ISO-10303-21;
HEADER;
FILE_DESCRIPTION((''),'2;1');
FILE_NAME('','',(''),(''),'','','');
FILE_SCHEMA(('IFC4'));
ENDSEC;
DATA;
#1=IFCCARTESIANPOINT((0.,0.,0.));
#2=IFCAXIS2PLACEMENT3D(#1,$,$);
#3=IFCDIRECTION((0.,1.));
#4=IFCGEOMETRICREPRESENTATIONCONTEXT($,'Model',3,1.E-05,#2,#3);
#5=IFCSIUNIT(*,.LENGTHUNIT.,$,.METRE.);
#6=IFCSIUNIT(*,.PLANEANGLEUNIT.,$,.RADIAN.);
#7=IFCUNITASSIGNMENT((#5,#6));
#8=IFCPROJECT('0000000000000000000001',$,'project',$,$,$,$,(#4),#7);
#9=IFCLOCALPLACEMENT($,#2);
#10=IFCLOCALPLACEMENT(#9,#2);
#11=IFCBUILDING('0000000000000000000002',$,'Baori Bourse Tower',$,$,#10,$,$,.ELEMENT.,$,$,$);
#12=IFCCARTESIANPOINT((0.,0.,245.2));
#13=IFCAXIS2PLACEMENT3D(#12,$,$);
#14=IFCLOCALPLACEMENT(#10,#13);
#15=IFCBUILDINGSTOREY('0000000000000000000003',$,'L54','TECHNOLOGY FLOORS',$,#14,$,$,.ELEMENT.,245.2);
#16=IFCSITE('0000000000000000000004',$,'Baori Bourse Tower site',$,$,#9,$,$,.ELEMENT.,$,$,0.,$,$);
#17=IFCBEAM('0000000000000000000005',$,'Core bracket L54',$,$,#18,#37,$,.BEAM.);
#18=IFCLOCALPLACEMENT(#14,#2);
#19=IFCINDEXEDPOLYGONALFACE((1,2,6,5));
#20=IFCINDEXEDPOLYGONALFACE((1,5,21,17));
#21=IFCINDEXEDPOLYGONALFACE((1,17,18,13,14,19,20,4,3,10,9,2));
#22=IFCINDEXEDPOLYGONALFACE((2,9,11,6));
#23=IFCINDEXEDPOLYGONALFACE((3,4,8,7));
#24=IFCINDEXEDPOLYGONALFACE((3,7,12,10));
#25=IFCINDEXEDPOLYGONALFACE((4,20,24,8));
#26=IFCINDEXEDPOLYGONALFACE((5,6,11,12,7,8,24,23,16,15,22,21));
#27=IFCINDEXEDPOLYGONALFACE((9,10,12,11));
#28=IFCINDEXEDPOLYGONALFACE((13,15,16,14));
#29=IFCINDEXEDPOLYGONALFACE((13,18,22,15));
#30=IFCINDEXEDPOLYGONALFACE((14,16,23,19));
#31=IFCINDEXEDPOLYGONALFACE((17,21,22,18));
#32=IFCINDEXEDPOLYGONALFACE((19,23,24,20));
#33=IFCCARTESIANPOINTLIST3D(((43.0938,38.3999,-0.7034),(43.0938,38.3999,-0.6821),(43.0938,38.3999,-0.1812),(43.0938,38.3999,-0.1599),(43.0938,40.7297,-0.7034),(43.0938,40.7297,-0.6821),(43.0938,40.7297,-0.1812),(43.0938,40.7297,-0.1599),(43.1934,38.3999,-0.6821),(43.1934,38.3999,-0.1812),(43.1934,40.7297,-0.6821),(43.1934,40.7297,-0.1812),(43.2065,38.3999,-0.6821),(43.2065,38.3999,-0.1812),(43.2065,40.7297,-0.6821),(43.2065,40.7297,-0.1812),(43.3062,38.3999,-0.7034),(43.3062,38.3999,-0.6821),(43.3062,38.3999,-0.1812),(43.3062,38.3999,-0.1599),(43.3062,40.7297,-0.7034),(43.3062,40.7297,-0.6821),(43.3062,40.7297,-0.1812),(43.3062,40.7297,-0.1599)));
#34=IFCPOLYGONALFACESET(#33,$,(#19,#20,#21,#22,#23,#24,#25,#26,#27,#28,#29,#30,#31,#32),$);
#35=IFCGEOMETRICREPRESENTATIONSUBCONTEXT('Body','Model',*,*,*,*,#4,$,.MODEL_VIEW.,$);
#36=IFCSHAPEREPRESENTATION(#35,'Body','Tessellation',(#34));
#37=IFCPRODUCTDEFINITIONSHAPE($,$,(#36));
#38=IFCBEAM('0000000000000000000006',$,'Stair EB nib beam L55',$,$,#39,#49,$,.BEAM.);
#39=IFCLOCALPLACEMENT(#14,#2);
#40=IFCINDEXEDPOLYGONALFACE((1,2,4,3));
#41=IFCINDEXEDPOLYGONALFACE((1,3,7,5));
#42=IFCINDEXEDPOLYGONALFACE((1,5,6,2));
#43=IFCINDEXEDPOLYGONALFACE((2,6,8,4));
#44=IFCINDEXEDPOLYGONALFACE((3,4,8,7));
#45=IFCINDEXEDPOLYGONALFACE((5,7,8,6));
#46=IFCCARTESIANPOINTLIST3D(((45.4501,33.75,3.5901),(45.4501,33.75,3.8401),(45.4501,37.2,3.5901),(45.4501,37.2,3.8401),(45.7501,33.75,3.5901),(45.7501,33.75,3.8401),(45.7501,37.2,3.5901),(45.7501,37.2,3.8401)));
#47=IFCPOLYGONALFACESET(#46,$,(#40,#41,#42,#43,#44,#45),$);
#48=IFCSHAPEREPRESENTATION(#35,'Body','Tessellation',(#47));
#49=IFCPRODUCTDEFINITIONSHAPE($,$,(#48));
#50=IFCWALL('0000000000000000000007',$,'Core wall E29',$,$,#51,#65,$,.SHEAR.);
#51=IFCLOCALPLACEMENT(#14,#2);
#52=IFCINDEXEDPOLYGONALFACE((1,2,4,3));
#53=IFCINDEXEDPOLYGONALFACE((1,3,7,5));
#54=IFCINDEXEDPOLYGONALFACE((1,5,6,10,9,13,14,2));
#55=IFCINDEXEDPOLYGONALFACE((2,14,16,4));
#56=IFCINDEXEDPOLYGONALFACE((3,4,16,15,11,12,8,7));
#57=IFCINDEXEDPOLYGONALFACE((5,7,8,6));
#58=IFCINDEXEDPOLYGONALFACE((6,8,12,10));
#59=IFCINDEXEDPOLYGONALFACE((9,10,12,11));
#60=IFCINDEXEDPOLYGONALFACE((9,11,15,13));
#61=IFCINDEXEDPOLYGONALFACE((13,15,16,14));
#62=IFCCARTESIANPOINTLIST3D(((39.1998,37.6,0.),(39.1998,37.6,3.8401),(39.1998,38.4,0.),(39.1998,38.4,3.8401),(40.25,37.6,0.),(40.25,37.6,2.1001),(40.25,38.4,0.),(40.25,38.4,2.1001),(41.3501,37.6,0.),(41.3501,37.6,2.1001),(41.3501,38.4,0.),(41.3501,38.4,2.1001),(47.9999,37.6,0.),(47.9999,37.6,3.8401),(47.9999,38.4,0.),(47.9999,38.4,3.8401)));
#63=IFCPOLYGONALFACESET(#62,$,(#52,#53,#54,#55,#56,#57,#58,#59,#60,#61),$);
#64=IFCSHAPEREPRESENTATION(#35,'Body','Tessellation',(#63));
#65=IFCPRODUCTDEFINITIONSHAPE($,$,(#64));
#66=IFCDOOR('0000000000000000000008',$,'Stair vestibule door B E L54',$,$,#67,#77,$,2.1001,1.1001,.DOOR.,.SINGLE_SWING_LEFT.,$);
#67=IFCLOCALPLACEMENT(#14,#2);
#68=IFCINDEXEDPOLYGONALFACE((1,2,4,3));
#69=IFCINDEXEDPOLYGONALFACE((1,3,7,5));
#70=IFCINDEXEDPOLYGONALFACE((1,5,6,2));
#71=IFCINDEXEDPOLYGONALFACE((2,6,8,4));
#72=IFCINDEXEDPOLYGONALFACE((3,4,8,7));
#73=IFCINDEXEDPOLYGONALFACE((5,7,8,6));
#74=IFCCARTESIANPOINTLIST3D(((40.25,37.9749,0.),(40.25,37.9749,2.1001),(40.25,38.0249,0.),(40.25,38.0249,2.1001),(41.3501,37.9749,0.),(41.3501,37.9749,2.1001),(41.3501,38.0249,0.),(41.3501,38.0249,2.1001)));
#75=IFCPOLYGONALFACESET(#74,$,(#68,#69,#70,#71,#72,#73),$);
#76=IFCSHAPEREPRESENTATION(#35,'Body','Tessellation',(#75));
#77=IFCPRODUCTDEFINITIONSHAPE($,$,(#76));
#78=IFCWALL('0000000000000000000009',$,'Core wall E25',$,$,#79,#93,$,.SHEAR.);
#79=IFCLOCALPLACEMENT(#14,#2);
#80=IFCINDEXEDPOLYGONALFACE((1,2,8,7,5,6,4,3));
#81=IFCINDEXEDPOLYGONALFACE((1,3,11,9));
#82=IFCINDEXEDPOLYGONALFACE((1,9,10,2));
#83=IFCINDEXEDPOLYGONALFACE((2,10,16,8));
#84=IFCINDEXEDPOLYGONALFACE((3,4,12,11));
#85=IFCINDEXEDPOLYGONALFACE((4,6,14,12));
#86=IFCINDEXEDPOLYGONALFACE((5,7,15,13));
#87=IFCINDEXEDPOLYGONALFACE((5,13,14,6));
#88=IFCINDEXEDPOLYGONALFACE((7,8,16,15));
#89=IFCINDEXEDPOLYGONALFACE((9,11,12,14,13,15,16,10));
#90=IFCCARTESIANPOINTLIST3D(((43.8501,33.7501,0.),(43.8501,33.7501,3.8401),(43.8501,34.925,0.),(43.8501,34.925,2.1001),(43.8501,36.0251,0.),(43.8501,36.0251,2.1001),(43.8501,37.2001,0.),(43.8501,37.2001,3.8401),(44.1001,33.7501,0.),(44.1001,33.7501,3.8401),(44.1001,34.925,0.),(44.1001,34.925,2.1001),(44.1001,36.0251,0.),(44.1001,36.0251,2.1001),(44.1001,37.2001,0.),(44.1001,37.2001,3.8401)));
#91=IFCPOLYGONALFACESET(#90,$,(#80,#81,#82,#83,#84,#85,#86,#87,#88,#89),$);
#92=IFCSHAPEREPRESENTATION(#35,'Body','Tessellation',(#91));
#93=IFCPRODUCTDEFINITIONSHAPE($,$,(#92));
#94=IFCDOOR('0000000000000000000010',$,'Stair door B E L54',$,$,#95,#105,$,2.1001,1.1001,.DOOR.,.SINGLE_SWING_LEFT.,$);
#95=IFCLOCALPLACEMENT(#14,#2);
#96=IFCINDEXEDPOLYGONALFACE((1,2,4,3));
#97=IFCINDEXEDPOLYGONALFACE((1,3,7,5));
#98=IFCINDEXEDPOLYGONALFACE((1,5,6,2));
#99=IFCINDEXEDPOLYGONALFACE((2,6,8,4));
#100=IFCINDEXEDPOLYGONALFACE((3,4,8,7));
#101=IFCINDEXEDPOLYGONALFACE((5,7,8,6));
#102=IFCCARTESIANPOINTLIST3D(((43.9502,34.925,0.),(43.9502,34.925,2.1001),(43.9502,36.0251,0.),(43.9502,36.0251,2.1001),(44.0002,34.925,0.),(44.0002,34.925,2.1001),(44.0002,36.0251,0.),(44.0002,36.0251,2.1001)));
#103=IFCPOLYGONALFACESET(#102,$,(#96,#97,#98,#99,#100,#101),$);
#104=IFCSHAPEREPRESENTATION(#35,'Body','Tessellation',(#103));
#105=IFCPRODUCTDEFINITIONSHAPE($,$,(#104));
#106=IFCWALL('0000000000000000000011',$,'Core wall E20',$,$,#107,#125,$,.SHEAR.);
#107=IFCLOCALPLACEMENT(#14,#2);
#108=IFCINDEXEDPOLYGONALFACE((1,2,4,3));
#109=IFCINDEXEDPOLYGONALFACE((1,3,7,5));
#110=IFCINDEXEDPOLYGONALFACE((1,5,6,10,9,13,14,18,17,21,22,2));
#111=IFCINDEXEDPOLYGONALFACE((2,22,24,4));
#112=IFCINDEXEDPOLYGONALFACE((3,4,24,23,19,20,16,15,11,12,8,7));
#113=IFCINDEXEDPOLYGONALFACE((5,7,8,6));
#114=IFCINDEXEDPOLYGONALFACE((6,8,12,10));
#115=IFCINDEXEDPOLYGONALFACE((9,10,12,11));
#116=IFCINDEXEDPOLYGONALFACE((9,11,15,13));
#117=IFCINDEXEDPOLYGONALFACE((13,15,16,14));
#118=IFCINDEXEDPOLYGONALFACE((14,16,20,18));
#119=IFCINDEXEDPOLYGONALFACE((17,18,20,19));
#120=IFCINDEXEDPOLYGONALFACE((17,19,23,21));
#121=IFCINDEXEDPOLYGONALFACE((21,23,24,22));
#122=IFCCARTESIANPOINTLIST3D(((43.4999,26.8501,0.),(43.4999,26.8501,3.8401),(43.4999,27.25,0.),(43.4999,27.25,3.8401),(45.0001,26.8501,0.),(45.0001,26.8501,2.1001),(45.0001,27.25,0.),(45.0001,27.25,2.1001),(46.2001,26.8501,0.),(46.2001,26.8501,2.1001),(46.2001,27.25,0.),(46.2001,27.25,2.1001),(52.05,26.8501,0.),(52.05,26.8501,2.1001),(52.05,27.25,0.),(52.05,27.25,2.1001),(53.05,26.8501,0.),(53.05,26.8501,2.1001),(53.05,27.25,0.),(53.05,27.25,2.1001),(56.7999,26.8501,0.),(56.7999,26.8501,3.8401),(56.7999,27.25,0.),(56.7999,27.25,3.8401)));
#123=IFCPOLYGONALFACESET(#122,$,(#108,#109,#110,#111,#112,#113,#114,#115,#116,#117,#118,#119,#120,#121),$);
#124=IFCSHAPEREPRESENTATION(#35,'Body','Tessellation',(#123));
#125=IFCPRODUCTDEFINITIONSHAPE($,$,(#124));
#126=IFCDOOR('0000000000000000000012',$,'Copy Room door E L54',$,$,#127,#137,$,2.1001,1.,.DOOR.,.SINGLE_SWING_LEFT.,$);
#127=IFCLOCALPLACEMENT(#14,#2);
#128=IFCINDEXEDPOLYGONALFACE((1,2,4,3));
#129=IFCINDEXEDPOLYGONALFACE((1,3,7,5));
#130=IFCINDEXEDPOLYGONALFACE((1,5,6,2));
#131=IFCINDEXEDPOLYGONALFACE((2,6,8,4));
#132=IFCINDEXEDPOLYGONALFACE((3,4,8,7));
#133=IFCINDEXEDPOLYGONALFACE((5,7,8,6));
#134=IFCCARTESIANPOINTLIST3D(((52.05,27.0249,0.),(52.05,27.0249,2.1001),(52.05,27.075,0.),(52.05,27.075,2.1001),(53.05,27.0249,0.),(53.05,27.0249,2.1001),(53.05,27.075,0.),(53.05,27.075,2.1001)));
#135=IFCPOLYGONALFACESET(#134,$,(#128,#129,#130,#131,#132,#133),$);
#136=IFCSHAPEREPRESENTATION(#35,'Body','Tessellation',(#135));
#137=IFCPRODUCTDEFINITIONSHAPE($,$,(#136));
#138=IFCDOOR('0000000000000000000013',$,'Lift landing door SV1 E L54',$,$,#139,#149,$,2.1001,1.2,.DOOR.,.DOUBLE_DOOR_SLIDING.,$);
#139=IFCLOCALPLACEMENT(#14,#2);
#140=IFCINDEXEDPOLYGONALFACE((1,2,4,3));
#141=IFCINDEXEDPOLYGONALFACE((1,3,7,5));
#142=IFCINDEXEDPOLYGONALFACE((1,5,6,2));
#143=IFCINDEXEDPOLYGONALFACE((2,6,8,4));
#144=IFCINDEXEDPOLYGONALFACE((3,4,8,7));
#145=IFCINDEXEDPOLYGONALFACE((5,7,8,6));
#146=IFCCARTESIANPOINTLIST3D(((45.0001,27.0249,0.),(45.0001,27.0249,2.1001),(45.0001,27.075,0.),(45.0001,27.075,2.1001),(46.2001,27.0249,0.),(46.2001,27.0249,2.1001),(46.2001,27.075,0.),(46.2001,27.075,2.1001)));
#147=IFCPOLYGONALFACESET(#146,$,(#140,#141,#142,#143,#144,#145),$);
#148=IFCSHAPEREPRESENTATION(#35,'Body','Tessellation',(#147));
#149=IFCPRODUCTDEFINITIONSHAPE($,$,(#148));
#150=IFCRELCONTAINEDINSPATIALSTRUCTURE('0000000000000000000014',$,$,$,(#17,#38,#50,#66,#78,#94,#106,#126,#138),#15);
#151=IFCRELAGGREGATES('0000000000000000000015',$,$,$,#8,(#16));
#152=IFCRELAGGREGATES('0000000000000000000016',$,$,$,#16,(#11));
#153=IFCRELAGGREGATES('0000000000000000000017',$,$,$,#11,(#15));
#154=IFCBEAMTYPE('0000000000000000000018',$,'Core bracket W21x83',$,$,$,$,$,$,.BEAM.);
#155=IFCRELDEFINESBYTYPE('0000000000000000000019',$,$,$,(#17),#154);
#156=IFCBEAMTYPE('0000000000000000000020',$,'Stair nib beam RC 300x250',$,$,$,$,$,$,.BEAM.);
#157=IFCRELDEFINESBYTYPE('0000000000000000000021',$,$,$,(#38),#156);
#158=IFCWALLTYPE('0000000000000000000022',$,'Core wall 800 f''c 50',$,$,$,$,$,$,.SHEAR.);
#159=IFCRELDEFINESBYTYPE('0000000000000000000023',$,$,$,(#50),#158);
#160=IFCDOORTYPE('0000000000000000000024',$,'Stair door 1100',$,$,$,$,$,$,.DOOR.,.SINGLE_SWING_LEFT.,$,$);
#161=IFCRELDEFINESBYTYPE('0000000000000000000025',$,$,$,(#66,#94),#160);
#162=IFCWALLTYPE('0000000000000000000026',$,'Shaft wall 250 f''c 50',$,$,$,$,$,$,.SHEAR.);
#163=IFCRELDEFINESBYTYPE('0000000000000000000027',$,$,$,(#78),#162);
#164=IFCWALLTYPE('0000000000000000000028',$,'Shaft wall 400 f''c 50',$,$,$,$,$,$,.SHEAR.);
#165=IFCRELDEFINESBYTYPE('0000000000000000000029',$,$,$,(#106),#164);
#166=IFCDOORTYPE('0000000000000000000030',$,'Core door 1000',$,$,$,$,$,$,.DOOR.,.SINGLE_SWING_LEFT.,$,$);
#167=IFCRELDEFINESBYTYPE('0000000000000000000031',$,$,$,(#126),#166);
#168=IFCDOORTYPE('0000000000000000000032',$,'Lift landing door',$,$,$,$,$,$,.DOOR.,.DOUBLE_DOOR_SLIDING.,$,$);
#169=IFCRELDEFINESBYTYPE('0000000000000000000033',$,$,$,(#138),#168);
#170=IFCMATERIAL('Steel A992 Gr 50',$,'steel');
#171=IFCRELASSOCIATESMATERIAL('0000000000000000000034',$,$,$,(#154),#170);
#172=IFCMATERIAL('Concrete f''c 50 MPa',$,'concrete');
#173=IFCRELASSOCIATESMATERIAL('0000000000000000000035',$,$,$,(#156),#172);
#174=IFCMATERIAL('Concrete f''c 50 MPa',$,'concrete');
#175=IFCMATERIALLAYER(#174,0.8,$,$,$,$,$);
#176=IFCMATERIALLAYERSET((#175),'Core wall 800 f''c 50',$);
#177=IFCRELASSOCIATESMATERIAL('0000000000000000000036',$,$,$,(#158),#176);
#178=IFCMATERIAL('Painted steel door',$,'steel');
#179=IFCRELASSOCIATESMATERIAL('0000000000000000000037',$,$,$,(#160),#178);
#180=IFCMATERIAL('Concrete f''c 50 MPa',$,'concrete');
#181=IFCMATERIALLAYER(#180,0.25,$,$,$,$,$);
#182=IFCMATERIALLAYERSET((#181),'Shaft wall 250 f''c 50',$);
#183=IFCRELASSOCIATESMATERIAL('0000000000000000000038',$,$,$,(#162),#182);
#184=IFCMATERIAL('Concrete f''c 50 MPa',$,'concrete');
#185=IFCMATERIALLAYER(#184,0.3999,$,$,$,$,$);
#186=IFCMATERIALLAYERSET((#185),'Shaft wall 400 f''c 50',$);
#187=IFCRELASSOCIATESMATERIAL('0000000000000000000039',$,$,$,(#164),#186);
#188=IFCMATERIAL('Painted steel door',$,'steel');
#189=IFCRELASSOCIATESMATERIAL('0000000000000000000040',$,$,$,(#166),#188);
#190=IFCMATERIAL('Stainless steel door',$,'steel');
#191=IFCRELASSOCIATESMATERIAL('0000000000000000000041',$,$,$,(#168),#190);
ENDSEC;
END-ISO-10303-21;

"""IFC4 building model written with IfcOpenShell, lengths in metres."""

from ifc_helpers import new_model, si_unit, direction, frame, frame_2d, origin, origin_2d, place, context, subcontext, project, spatial, rectangle, i_section, extrude, material, layer, layer_set, material_profile, profile_set, type_object, element, fill, save


model = new_model("IFC4")

# Units and contexts
model_context = context("Model", 3, precision=1e-05, world=origin(), true_north=direction((0.0, 1.0)))
body_context = subcontext(model_context, "Body", "Model", "MODEL_VIEW")
ifc_project = project(units=[si_unit("LENGTHUNIT", "METRE"), si_unit("PLANEANGLEUNIT", "RADIAN")], contexts=[model_context])

# Site, building, storey
site_placement = place(None, origin())
site = spatial("IfcSite", under=ifc_project, at=site_placement, Name="Baori Bourse Tower site", CompositionType="ELEMENT", RefElevation=0.0)
building_placement = place(site_placement, origin())
building = spatial("IfcBuilding", under=site, at=building_placement, Name="Baori Bourse Tower", CompositionType="ELEMENT")
storey_placement = place(building_placement, frame((0.0, 0.0, 245.2)))
storey = spatial("IfcBuildingStorey", under=building, at=storey_placement, Name="L54", Description="TECHNOLOGY FLOORS", CompositionType="ELEMENT", Elevation=245.2)

# Beams
ifc_material_1 = material(Name="Steel A992 Gr 50", Category="steel")
ifc_material_profile_1 = material_profile(ifc_material_1, i_section(OverallWidth=0.2124, OverallDepth=0.5435, WebThickness=0.0132, FlangeThickness=0.0212, at=origin_2d()), Name="W21x83")
ifc_profile_set_1 = profile_set([ifc_material_profile_1], Name="Steel A992 Gr 50")
beam_type_1 = type_object("IfcBeamType", Name="Core bracket W21x83", PredefinedType="BEAM", material=ifc_profile_set_1)
beam_1_placement = place(storey_placement, frame((43.2, 38.3999, -0.4316), z_axis=(0.0, 1.0, 0.0), x_axis=(-1.0, 0.0, 0.0)))
element("IfcBeam", 1, at=beam_1_placement, inside=storey, type_object=beam_type_1, Name="Core bracket L54", PredefinedType="BEAM", context=body_context, shape_type="SweptSolid", body=[
    extrude(i_section(OverallWidth=0.2124, OverallDepth=0.5435, WebThickness=0.0132, FlangeThickness=0.0212, at=origin_2d()), origin(), (0.0, 0.0, 1.0), 2.3298),
])
ifc_material_2 = material(Name="Concrete f'c 50 MPa", Category="concrete")
ifc_material_profile_2 = material_profile(ifc_material_2, rectangle(XDim=0.3, YDim=0.25, at=origin_2d()), Name="RC 300x250")
ifc_profile_set_2 = profile_set([ifc_material_profile_2], Name="Concrete f'c 50 MPa")
beam_type_2 = type_object("IfcBeamType", Name="Stair nib beam RC 300x250", PredefinedType="BEAM", material=ifc_profile_set_2)
beam_2_placement = place(storey_placement, frame((45.6001, 33.75, 3.7151), z_axis=(0.0, 1.0, 0.0), x_axis=(-1.0, 0.0, 0.0)))
element("IfcBeam", 2, at=beam_2_placement, inside=storey, type_object=beam_type_2, Name="Stair EB nib beam L55", PredefinedType="BEAM", context=body_context, shape_type="SweptSolid", body=[
    extrude(rectangle(XDim=0.3, YDim=0.25, at=origin_2d()), origin(), (0.0, 0.0, 1.0), 3.45),
])

# Walls, openings, doors
ifc_material_3 = material(Name="Concrete f'c 50 MPa", Category="concrete")
ifc_layer_1 = layer(ifc_material_3, 0.8)
ifc_layer_set_1 = layer_set([ifc_layer_1], Name="Core wall 800 f'c 50")
wall_type_1 = type_object("IfcWallType", Name="Core wall 800 f'c 50", PredefinedType="SHEAR", material=ifc_layer_set_1)
wall_1_placement = place(storey_placement, frame((39.2, 38.0, 0.0), z_axis=(0.0, 0.0, 1.0), x_axis=(1.0, 0.0, 0.0)))
wall_1 = element("IfcWall", 3, at=wall_1_placement, inside=storey, type_object=wall_type_1, Name="Core wall E29", PredefinedType="SHEAR", context=body_context, shape_type="SweptSolid", body=[
    extrude(rectangle(XDim=8.8, YDim=0.8, at=frame_2d((4.3999, 0.0))), origin(), (0.0, 0.0, 1.0), 3.8401),
])
opening_1_placement = place(wall_1_placement, frame((1.05, 0.0, 0.0)))
opening_1 = element("IfcOpeningElement", 4, at=opening_1_placement, cuts=wall_1, PredefinedType="OPENING", context=body_context, shape_type="SweptSolid", body=[
    extrude(rectangle(XDim=1.1001, YDim=2.1001, at=frame_2d((0.55, 1.05))), frame((0.0, 0.4099, 0.0), z_axis=(0.0, -1.0, 0.0), x_axis=(1.0, 0.0, 0.0)), (0.0, 0.0, 1.0), 0.8201),
])
ifc_material_4 = material(Name="Painted steel door", Category="steel")
door_type_1 = type_object("IfcDoorType", Name="Stair door 1100", OperationType="SINGLE_SWING_LEFT", PredefinedType="DOOR", material=ifc_material_4)
door_1_placement = place(opening_1_placement, origin())
door_1 = element("IfcDoor", 5, at=door_1_placement, inside=storey, type_object=door_type_1, Name="Stair vestibule door B E L54", OperationType="SINGLE_SWING_LEFT", OverallHeight=2.1001, OverallWidth=1.1001, PredefinedType="DOOR", context=body_context, shape_type="SweptSolid", body=[
    extrude(rectangle(XDim=1.1001, YDim=2.1001, at=frame_2d((0.55, 1.05))), frame((0.0, 0.0249, 0.0), z_axis=(0.0, -1.0, 0.0), x_axis=(1.0, 0.0, 0.0)), (0.0, 0.0, 1.0), 0.05),
])
fill(opening_1, door_1)
ifc_material_5 = material(Name="Concrete f'c 50 MPa", Category="concrete")
ifc_layer_2 = layer(ifc_material_5, 0.25)
ifc_layer_set_2 = layer_set([ifc_layer_2], Name="Shaft wall 250 f'c 50")
wall_type_2 = type_object("IfcWallType", Name="Shaft wall 250 f'c 50", PredefinedType="SHEAR", material=ifc_layer_set_2)
wall_2_placement = place(storey_placement, frame((43.9751, 33.75, 0.0), z_axis=(0.0, 0.0, 1.0), x_axis=(0.0, 1.0, 0.0)))
wall_2 = element("IfcWall", 6, at=wall_2_placement, inside=storey, type_object=wall_type_2, Name="Core wall E25", PredefinedType="SHEAR", context=body_context, shape_type="SweptSolid", body=[
    extrude(rectangle(XDim=3.45, YDim=0.25, at=frame_2d((1.7251, 0.0))), origin(), (0.0, 0.0, 1.0), 3.8401),
])
opening_2_placement = place(wall_2_placement, frame((1.175, 0.0, 0.0)))
opening_2 = element("IfcOpeningElement", 7, at=opening_2_placement, cuts=wall_2, PredefinedType="OPENING", context=body_context, shape_type="SweptSolid", body=[
    extrude(rectangle(XDim=1.1001, YDim=2.1001, at=frame_2d((0.55, 1.05))), frame((0.0, 0.135, 0.0), z_axis=(0.0, -1.0, 0.0), x_axis=(1.0, 0.0, 0.0)), (0.0, 0.0, 1.0), 0.27),
])
door_2_placement = place(opening_2_placement, origin())
door_2 = element("IfcDoor", 8, at=door_2_placement, inside=storey, type_object=door_type_1, Name="Stair door B E L54", OperationType="SINGLE_SWING_LEFT", OverallHeight=2.1001, OverallWidth=1.1001, PredefinedType="DOOR", context=body_context, shape_type="SweptSolid", body=[
    extrude(rectangle(XDim=1.1001, YDim=2.1001, at=frame_2d((0.55, 1.05))), frame((0.0, 0.0249, 0.0), z_axis=(0.0, -1.0, 0.0), x_axis=(1.0, 0.0, 0.0)), (0.0, 0.0, 1.0), 0.05),
])
fill(opening_2, door_2)

# Wall, openings, doors
ifc_material_6 = material(Name="Concrete f'c 50 MPa", Category="concrete")
ifc_layer_3 = layer(ifc_material_6, 0.3999)
ifc_layer_set_3 = layer_set([ifc_layer_3], Name="Shaft wall 400 f'c 50")
wall_type_3 = type_object("IfcWallType", Name="Shaft wall 400 f'c 50", PredefinedType="SHEAR", material=ifc_layer_set_3)
wall_3_placement = place(storey_placement, frame((43.5, 27.05, 0.0), z_axis=(0.0, 0.0, 1.0), x_axis=(1.0, 0.0, 0.0)))
wall_3 = element("IfcWall", 9, at=wall_3_placement, inside=storey, type_object=wall_type_3, Name="Core wall E20", PredefinedType="SHEAR", context=body_context, shape_type="SweptSolid", body=[
    extrude(rectangle(XDim=13.3, YDim=0.3999, at=frame_2d((6.6499, 0.0))), origin(), (0.0, 0.0, 1.0), 3.8401),
])
opening_3_placement = place(wall_3_placement, frame((8.55, 0.0, 0.0)))
opening_3 = element("IfcOpeningElement", 10, at=opening_3_placement, cuts=wall_3, PredefinedType="OPENING", context=body_context, shape_type="SweptSolid", body=[
    extrude(rectangle(XDim=1.0, YDim=2.1001, at=frame_2d((0.5, 1.05))), frame((0.0, 0.21, 0.0), z_axis=(0.0, -1.0, 0.0), x_axis=(1.0, 0.0, 0.0)), (0.0, 0.0, 1.0), 0.4199),
])
opening_4_placement = place(wall_3_placement, frame((1.5, 0.0, 0.0)))
opening_4 = element("IfcOpeningElement", 11, at=opening_4_placement, cuts=wall_3, PredefinedType="OPENING", context=body_context, shape_type="SweptSolid", body=[
    extrude(rectangle(XDim=1.2, YDim=2.1001, at=frame_2d((0.6001, 1.05))), frame((0.0, 0.21, 0.0), z_axis=(0.0, -1.0, 0.0), x_axis=(1.0, 0.0, 0.0)), (0.0, 0.0, 1.0), 0.4199),
])
ifc_material_7 = material(Name="Painted steel door", Category="steel")
door_type_2 = type_object("IfcDoorType", Name="Core door 1000", OperationType="SINGLE_SWING_LEFT", PredefinedType="DOOR", material=ifc_material_7)
door_3_placement = place(opening_3_placement, origin())
door_3 = element("IfcDoor", 12, at=door_3_placement, inside=storey, type_object=door_type_2, Name="Copy Room door E L54", OperationType="SINGLE_SWING_LEFT", OverallHeight=2.1001, OverallWidth=1.0, PredefinedType="DOOR", context=body_context, shape_type="SweptSolid", body=[
    extrude(rectangle(XDim=1.0, YDim=2.1001, at=frame_2d((0.5, 1.05))), frame((0.0, 0.0249, 0.0), z_axis=(0.0, -1.0, 0.0), x_axis=(1.0, 0.0, 0.0)), (0.0, 0.0, 1.0), 0.05),
])
fill(opening_3, door_3)
ifc_material_8 = material(Name="Stainless steel door", Category="steel")
door_type_3 = type_object("IfcDoorType", Name="Lift landing door", OperationType="DOUBLE_DOOR_SLIDING", PredefinedType="DOOR", material=ifc_material_8)
door_4_placement = place(opening_4_placement, origin())
door_4 = element("IfcDoor", 13, at=door_4_placement, inside=storey, type_object=door_type_3, Name="Lift landing door SV1 E L54", OperationType="DOUBLE_DOOR_SLIDING", OverallHeight=2.1001, OverallWidth=1.2, PredefinedType="DOOR", context=body_context, shape_type="SweptSolid", body=[
    extrude(rectangle(XDim=1.2, YDim=2.1001, at=frame_2d((0.6001, 1.05))), frame((0.0, 0.0249, 0.0), z_axis=(0.0, -1.0, 0.0), x_axis=(1.0, 0.0, 0.0)), (0.0, 0.0, 1.0), 0.05),
])
fill(opening_4, door_4)

save(model, "model.ifc")
